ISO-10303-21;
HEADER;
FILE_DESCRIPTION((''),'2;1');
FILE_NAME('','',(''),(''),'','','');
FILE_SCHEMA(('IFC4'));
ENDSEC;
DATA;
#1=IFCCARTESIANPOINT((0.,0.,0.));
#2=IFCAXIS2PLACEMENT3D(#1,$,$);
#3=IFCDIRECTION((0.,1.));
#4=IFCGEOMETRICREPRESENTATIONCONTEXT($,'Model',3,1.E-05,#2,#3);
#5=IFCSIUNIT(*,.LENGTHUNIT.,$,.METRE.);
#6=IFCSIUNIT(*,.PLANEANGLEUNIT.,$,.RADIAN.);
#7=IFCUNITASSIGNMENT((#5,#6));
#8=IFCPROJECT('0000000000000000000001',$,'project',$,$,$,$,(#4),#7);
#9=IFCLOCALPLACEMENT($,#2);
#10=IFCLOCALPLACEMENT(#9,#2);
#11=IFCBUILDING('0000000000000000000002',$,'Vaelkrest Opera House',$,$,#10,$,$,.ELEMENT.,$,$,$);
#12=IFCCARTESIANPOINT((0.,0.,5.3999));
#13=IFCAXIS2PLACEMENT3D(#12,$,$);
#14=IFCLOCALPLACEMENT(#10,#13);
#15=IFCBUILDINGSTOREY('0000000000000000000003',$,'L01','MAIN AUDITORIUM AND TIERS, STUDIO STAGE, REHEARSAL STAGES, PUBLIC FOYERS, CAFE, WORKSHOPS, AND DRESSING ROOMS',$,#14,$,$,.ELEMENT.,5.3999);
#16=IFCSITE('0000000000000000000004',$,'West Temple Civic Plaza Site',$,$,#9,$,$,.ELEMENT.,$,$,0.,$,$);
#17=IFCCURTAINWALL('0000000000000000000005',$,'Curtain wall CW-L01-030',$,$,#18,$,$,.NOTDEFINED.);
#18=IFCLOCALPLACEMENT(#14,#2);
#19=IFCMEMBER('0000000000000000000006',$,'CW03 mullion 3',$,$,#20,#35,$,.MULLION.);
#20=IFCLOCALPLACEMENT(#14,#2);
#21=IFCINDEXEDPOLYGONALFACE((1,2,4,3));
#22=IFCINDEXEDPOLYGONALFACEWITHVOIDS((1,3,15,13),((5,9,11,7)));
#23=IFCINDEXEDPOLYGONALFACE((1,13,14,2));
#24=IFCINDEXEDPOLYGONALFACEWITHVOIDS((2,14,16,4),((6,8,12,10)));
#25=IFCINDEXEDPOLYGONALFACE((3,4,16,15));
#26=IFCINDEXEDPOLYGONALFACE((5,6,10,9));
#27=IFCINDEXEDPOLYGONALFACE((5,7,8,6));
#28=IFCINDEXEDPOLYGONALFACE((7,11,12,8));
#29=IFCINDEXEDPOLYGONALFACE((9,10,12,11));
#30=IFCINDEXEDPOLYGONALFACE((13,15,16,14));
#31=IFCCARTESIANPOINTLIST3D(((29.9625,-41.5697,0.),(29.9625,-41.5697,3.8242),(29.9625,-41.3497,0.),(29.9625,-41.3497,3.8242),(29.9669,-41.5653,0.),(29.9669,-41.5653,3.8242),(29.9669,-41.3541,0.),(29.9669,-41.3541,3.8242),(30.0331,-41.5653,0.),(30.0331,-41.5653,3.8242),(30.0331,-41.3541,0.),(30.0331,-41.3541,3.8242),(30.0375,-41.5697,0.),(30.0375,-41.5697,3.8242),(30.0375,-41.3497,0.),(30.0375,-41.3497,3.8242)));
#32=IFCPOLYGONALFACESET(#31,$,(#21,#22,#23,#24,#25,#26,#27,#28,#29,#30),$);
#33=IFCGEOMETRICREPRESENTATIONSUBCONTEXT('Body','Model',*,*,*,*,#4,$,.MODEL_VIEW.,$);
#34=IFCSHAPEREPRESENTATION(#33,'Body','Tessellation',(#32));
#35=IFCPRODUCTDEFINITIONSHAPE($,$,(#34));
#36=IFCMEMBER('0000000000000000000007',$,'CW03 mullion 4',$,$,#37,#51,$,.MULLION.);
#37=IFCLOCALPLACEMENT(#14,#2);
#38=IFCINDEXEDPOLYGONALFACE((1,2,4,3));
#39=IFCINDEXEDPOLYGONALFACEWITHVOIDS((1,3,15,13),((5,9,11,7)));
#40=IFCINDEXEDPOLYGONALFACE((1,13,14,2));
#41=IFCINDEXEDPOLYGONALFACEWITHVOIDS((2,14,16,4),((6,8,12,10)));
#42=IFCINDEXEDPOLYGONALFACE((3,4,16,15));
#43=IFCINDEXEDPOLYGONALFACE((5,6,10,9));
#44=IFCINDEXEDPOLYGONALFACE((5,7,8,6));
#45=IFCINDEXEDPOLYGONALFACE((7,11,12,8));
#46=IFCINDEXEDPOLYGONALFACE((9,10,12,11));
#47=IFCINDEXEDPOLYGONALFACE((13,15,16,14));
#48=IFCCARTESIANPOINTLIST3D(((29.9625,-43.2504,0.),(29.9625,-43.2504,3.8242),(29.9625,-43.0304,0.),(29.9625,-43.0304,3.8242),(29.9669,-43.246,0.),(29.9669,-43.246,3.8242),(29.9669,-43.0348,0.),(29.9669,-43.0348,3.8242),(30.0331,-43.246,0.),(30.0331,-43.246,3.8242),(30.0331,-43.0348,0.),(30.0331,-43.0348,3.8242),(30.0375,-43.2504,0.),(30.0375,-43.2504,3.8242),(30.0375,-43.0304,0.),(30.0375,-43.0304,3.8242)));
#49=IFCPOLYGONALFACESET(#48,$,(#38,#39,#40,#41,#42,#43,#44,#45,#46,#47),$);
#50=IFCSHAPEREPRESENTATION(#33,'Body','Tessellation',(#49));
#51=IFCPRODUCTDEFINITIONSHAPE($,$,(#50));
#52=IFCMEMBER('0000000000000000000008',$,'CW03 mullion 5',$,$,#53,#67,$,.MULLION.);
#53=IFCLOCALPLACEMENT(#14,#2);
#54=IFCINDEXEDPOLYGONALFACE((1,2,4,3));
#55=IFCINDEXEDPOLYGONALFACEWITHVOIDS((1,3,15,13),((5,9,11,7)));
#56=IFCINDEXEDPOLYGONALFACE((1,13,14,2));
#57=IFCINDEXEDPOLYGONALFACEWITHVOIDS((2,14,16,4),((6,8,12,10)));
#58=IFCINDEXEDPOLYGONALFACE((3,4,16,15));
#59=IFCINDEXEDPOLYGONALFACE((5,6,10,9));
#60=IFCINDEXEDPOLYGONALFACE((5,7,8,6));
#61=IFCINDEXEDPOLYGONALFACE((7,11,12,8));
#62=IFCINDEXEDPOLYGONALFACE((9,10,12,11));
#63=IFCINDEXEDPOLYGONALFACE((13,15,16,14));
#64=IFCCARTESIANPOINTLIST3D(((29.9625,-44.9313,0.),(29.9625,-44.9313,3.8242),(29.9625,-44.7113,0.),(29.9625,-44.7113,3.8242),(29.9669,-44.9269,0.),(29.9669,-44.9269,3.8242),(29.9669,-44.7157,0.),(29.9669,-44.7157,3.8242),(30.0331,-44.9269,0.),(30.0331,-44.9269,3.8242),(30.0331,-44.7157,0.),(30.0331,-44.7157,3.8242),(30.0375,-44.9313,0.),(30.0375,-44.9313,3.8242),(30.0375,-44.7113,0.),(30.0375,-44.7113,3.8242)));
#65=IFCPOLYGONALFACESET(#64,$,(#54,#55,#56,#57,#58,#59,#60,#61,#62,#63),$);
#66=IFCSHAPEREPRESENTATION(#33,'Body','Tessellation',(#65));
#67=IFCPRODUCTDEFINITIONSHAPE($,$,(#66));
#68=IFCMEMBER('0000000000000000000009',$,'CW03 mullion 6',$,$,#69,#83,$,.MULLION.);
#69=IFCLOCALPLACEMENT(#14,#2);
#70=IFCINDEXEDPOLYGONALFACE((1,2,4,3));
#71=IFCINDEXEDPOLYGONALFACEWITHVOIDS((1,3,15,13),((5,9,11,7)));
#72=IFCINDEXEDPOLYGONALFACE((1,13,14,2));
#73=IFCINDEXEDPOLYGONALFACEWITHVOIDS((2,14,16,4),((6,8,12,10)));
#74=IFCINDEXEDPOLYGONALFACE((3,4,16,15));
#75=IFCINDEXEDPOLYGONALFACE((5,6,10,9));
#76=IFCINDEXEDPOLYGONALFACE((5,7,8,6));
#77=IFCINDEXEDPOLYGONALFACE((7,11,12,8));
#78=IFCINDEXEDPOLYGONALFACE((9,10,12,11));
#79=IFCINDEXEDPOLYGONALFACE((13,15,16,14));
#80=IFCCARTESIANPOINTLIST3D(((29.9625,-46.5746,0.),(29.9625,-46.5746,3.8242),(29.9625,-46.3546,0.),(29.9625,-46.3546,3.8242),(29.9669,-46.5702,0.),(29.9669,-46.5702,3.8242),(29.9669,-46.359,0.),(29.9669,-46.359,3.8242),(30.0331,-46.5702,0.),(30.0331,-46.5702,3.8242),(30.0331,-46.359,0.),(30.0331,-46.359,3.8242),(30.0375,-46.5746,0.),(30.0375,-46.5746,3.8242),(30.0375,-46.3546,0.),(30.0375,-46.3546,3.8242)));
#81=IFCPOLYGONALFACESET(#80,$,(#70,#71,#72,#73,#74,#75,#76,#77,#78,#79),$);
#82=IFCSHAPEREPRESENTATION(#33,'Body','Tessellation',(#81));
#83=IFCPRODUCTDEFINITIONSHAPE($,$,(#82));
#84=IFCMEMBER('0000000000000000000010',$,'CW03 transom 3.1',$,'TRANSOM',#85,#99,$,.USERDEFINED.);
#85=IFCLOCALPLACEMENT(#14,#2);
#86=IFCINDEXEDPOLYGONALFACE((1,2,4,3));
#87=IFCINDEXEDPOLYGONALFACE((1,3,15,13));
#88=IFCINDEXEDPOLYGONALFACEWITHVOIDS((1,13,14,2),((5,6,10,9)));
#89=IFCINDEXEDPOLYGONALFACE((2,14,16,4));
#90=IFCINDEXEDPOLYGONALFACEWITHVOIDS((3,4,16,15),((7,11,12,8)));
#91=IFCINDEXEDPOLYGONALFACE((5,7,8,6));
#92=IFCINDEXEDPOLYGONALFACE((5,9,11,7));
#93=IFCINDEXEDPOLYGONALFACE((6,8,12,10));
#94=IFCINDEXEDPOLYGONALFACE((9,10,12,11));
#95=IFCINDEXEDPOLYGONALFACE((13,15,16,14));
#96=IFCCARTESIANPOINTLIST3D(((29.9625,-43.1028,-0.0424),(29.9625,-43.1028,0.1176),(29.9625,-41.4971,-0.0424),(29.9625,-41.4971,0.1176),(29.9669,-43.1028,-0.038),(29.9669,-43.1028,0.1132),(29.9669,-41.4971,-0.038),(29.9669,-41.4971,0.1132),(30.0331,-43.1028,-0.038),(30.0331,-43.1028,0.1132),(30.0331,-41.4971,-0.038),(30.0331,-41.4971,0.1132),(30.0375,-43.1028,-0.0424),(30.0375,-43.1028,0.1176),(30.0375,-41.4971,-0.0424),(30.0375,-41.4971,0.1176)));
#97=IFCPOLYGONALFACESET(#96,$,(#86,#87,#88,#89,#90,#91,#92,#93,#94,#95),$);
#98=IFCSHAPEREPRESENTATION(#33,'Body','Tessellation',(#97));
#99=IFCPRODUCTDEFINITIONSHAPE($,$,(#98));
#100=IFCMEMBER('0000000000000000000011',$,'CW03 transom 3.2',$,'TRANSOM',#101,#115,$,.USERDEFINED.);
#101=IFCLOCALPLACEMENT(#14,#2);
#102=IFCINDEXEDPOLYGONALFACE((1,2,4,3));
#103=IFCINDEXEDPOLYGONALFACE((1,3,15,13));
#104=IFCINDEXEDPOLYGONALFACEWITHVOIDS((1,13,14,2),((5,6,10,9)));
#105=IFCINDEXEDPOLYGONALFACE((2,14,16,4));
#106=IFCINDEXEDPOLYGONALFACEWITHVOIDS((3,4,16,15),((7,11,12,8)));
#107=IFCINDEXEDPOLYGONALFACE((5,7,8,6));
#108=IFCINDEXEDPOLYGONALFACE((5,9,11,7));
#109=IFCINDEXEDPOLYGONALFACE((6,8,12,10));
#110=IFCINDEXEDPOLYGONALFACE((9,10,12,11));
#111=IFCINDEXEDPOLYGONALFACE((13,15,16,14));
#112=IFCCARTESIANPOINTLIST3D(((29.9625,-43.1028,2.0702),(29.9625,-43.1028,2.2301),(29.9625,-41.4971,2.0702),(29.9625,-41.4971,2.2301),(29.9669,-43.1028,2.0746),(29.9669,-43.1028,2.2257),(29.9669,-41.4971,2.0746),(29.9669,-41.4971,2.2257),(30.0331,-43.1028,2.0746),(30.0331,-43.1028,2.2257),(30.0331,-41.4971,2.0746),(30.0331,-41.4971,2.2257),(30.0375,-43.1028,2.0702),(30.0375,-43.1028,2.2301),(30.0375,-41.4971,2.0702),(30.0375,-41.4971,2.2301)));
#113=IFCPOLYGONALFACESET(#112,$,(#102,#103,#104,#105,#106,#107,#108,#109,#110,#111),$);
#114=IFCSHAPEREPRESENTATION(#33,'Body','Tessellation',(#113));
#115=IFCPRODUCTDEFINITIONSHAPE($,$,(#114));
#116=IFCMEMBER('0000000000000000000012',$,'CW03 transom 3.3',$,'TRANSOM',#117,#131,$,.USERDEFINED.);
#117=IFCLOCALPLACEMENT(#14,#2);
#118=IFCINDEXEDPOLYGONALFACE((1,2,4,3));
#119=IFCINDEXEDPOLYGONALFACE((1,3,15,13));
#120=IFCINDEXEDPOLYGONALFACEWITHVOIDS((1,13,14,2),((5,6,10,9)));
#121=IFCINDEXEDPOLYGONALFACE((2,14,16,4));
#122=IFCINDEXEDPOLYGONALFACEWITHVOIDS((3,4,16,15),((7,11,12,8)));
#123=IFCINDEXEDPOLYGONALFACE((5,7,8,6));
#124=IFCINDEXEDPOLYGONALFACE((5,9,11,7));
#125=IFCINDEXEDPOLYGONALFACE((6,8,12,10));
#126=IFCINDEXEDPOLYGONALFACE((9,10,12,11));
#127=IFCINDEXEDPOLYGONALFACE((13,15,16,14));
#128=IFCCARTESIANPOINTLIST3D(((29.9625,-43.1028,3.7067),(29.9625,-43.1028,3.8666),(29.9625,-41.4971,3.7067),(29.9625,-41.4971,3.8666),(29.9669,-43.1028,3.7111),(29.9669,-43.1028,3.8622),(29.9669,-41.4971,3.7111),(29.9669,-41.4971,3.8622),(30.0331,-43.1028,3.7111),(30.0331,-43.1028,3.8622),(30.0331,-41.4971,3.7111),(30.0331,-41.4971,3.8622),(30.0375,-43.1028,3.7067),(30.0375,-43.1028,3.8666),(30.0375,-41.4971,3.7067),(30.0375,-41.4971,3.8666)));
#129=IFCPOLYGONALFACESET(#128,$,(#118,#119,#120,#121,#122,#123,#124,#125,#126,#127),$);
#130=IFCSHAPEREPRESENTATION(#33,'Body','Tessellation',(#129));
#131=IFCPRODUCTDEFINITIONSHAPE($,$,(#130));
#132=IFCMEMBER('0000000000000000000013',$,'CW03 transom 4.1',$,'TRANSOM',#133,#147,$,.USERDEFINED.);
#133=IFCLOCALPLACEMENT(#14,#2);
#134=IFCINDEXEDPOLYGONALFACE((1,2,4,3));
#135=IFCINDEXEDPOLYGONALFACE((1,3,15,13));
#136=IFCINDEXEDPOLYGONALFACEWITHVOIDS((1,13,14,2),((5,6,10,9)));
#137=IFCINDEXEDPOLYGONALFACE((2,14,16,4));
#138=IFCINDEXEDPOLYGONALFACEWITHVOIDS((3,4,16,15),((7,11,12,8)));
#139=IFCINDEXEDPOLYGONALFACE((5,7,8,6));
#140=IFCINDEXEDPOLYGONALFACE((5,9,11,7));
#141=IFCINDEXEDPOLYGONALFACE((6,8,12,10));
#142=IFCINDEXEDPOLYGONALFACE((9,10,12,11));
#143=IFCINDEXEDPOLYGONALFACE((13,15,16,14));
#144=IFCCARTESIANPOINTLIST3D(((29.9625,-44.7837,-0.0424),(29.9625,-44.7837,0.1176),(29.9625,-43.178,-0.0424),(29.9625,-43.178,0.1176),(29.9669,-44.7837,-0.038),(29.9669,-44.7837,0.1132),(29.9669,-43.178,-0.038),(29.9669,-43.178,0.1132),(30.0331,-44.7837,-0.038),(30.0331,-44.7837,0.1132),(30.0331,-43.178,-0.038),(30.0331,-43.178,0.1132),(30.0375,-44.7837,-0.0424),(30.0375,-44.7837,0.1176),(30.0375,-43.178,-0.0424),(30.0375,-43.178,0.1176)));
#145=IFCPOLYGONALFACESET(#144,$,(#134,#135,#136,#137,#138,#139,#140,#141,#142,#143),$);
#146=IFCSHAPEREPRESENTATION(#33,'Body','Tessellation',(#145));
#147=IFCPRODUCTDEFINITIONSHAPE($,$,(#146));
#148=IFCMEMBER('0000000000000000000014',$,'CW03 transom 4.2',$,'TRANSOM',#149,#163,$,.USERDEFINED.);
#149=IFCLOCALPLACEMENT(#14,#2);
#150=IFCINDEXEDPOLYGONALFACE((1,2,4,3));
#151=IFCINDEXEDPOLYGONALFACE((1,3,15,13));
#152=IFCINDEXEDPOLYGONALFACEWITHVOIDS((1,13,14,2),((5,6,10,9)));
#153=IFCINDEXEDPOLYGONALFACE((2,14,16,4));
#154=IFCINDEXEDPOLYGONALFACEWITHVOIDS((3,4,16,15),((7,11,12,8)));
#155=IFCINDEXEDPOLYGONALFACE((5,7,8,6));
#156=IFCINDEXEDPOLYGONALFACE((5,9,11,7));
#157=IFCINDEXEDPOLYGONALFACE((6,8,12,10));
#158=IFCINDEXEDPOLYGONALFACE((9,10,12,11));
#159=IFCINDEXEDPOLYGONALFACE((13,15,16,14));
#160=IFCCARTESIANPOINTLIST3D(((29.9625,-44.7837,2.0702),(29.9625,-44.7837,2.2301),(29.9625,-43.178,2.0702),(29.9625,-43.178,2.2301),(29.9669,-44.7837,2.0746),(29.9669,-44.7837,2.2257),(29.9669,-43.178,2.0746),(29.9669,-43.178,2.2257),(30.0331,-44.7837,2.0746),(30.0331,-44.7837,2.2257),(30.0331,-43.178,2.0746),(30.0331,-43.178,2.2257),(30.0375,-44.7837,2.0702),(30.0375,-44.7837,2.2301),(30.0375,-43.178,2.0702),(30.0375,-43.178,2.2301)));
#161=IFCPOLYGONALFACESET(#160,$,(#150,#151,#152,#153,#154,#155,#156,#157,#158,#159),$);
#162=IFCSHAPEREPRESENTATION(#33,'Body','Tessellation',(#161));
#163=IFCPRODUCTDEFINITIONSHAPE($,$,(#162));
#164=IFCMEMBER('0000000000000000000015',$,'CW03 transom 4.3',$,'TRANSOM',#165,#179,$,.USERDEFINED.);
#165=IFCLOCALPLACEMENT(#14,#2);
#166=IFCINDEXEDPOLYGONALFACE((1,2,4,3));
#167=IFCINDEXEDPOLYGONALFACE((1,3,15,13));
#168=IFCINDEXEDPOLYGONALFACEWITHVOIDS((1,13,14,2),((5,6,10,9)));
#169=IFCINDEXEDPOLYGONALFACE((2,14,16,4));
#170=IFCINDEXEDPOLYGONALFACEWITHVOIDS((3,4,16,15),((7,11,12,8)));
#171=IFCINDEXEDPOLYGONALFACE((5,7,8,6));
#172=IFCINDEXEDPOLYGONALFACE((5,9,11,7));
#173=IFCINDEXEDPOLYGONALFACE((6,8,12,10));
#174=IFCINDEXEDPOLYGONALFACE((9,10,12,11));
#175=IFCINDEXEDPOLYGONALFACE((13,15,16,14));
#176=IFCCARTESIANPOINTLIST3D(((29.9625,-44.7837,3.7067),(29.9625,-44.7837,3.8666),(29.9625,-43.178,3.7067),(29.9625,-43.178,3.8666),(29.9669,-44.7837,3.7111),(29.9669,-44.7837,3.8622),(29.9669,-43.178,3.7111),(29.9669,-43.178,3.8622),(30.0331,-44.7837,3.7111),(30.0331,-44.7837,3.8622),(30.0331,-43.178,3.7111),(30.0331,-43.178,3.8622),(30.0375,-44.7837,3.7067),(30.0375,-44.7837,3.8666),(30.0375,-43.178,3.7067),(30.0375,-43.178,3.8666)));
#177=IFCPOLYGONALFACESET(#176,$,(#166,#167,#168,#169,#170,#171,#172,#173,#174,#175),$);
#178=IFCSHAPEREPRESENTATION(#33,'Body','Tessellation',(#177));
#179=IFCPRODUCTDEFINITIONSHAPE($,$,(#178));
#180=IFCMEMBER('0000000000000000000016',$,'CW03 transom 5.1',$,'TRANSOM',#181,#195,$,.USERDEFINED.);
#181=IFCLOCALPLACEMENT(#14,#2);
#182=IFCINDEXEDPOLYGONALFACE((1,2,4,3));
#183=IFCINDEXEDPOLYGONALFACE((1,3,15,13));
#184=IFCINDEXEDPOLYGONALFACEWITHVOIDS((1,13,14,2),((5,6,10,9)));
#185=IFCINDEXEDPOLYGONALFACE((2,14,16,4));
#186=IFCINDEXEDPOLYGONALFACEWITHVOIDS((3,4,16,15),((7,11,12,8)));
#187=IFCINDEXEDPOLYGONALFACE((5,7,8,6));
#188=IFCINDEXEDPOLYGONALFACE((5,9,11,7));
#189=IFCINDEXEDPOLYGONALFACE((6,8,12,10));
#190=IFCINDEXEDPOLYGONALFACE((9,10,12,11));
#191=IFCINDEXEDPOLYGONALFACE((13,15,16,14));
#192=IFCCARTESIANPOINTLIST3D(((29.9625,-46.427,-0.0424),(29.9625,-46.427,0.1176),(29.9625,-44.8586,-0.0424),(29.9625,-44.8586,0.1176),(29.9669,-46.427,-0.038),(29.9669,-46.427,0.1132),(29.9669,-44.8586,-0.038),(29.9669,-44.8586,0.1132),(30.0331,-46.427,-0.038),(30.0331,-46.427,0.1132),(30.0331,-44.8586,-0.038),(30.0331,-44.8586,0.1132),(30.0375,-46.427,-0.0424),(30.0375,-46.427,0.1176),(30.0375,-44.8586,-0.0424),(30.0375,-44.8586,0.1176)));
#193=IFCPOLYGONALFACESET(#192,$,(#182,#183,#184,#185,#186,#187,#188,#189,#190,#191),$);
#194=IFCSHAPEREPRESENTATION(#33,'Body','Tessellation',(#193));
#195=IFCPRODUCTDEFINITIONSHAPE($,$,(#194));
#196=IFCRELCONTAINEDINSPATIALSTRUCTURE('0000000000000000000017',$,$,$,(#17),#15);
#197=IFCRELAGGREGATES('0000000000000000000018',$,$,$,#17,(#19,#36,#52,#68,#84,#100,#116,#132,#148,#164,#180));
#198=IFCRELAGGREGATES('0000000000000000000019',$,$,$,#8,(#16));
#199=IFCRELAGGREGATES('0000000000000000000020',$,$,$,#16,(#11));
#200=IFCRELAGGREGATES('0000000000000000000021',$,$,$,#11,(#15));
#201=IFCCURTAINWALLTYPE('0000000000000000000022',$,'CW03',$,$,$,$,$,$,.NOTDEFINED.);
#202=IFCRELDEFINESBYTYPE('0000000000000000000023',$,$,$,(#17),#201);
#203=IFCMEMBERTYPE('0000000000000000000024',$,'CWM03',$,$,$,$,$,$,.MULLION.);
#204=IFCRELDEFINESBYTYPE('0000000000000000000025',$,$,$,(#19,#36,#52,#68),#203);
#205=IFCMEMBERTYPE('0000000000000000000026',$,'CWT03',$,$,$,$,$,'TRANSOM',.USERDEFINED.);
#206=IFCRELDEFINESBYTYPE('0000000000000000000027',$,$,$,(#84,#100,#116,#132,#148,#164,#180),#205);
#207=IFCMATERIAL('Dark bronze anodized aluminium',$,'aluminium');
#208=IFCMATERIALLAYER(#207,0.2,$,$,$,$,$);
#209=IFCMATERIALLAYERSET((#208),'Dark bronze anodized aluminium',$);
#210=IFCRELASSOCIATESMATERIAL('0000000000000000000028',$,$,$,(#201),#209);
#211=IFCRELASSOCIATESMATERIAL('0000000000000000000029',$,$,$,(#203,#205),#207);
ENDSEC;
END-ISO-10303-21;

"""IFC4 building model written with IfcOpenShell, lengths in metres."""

from ifc_helpers import new_model, si_unit, direction, frame, origin, origin_2d, place, context, subcontext, project, spatial, hollow_rectangle, extrude, material, layer, layer_set, material_profile, profile_set, type_object, element, aggregate, save


model = new_model("IFC4")

# Units and contexts
model_context = context("Model", 3, precision=1e-05, world=origin(), true_north=direction((0.0, 1.0)))
body_context = subcontext(model_context, "Body", "Model", "MODEL_VIEW")
ifc_project = project(units=[si_unit("LENGTHUNIT", "METRE"), si_unit("PLANEANGLEUNIT", "RADIAN")], contexts=[model_context])

# Site, building, storey
site_placement = place(None, origin())
site = spatial("IfcSite", under=ifc_project, at=site_placement, Name="West Temple Civic Plaza Site", CompositionType="ELEMENT", RefElevation=0.0)
building_placement = place(site_placement, origin())
building = spatial("IfcBuilding", under=site, at=building_placement, Name="Vaelkrest Opera House", CompositionType="ELEMENT")
storey_placement = place(building_placement, frame((0.0, 0.0, 5.3999)))
storey = spatial("IfcBuildingStorey", under=building, at=storey_placement, Name="L01", Description="MAIN AUDITORIUM AND TIERS, STUDIO STAGE, REHEARSAL STAGES, PUBLIC FOYERS, CAFE, WORKSHOPS, AND DRESSING ROOMS", CompositionType="ELEMENT", Elevation=5.3999)

# Curtain wall, members
ifc_material_1 = material(Name="Dark bronze anodized aluminium", Category="aluminium")
ifc_layer_1 = layer(ifc_material_1, 0.2)
ifc_layer_set_1 = layer_set([ifc_layer_1], Name="Dark bronze anodized aluminium")
curtain_wall_type = type_object("IfcCurtainWallType", Name="CW03", PredefinedType="NOTDEFINED", material=ifc_layer_set_1)
curtain_wall_placement = place(storey_placement, origin())
curtain_wall = element("IfcCurtainWall", 1, at=curtain_wall_placement, inside=storey, type_object=curtain_wall_type, Name="Curtain wall CW-L01-030", PredefinedType="NOTDEFINED")
ifc_material_profile_1 = material_profile(ifc_material_1, hollow_rectangle(XDim=0.075, YDim=0.22, WallThickness=0.0044, at=origin_2d()), Name="CWM75X220")
ifc_profile_set_1 = profile_set([ifc_material_profile_1], Name="Dark bronze anodized aluminium")
member_type_1 = type_object("IfcMemberType", Name="CWM03", PredefinedType="MULLION", material=ifc_profile_set_1)
member_1_placement = place(storey_placement, frame((30.0, -41.4597, 0.0), z_axis=(0.0, 0.0, 1.0), x_axis=(1.0, 0.0, 0.0)))
member_1 = element("IfcMember", 2, at=member_1_placement, type_object=member_type_1, Name="CW03 mullion 3", PredefinedType="MULLION", context=body_context, shape_type="SweptSolid", body=[
    extrude(hollow_rectangle(XDim=0.075, YDim=0.22, WallThickness=0.0044, at=origin_2d()), origin(), (0.0, 0.0, 1.0), 3.8242),
])
member_2_placement = place(storey_placement, frame((30.0, -43.1404, 0.0), z_axis=(0.0, 0.0, 1.0), x_axis=(1.0, 0.0, 0.0)))
member_2 = element("IfcMember", 3, at=member_2_placement, type_object=member_type_1, Name="CW03 mullion 4", PredefinedType="MULLION", context=body_context, shape_type="SweptSolid", body=[
    extrude(hollow_rectangle(XDim=0.075, YDim=0.22, WallThickness=0.0044, at=origin_2d()), origin(), (0.0, 0.0, 1.0), 3.8242),
])
member_3_placement = place(storey_placement, frame((30.0, -44.8213, 0.0), z_axis=(0.0, 0.0, 1.0), x_axis=(1.0, 0.0, 0.0)))
member_3 = element("IfcMember", 4, at=member_3_placement, type_object=member_type_1, Name="CW03 mullion 5", PredefinedType="MULLION", context=body_context, shape_type="SweptSolid", body=[
    extrude(hollow_rectangle(XDim=0.075, YDim=0.22, WallThickness=0.0044, at=origin_2d()), origin(), (0.0, 0.0, 1.0), 3.8242),
])
member_4_placement = place(storey_placement, frame((30.0, -46.4646, 0.0), z_axis=(0.0, 0.0, 1.0), x_axis=(1.0, 0.0, 0.0)))
member_4 = element("IfcMember", 5, at=member_4_placement, type_object=member_type_1, Name="CW03 mullion 6", PredefinedType="MULLION", context=body_context, shape_type="SweptSolid", body=[
    extrude(hollow_rectangle(XDim=0.075, YDim=0.22, WallThickness=0.0044, at=origin_2d()), origin(), (0.0, 0.0, 1.0), 3.8242),
])
ifc_material_profile_2 = material_profile(ifc_material_1, hollow_rectangle(XDim=0.075, YDim=0.1599, WallThickness=0.0044, at=origin_2d()), Name="CWT75X160")
ifc_profile_set_2 = profile_set([ifc_material_profile_2], Name="Dark bronze anodized aluminium")
member_type_2 = type_object("IfcMemberType", Name="CWT03", ElementType="TRANSOM", PredefinedType="USERDEFINED", material=ifc_profile_set_2)
member_5_placement = place(storey_placement, frame((30.0, -41.4971, 0.0376), z_axis=(0.0, -1.0, 0.0), x_axis=(1.0, 0.0, 0.0)))
member_5 = element("IfcMember", 6, at=member_5_placement, type_object=member_type_2, Name="CW03 transom 3.1", ObjectType="TRANSOM", PredefinedType="USERDEFINED", context=body_context, shape_type="SweptSolid", body=[
    extrude(hollow_rectangle(XDim=0.075, YDim=0.1599, WallThickness=0.0044, at=origin_2d()), origin(), (0.0, 0.0, 1.0), 1.6057),
])
member_6_placement = place(storey_placement, frame((30.0, -41.4971, 2.1501), z_axis=(0.0, -1.0, 0.0), x_axis=(1.0, 0.0, 0.0)))
member_6 = element("IfcMember", 7, at=member_6_placement, type_object=member_type_2, Name="CW03 transom 3.2", ObjectType="TRANSOM", PredefinedType="USERDEFINED", context=body_context, shape_type="SweptSolid", body=[
    extrude(hollow_rectangle(XDim=0.075, YDim=0.1599, WallThickness=0.0044, at=origin_2d()), origin(), (0.0, 0.0, 1.0), 1.6057),
])
member_7_placement = place(storey_placement, frame((30.0, -41.4971, 3.7866), z_axis=(0.0, -1.0, 0.0), x_axis=(1.0, 0.0, 0.0)))
member_7 = element("IfcMember", 8, at=member_7_placement, type_object=member_type_2, Name="CW03 transom 3.3", ObjectType="TRANSOM", PredefinedType="USERDEFINED", context=body_context, shape_type="SweptSolid", body=[
    extrude(hollow_rectangle(XDim=0.075, YDim=0.1599, WallThickness=0.0044, at=origin_2d()), origin(), (0.0, 0.0, 1.0), 1.6057),
])
member_8_placement = place(storey_placement, frame((30.0, -43.178, 0.0376), z_axis=(0.0, -1.0, 0.0), x_axis=(1.0, 0.0, 0.0)))
member_8 = element("IfcMember", 9, at=member_8_placement, type_object=member_type_2, Name="CW03 transom 4.1", ObjectType="TRANSOM", PredefinedType="USERDEFINED", context=body_context, shape_type="SweptSolid", body=[
    extrude(hollow_rectangle(XDim=0.075, YDim=0.1599, WallThickness=0.0044, at=origin_2d()), origin(), (0.0, 0.0, 1.0), 1.6057),
])
member_9_placement = place(storey_placement, frame((30.0, -43.178, 2.1501), z_axis=(0.0, -1.0, 0.0), x_axis=(1.0, 0.0, 0.0)))
member_9 = element("IfcMember", 10, at=member_9_placement, type_object=member_type_2, Name="CW03 transom 4.2", ObjectType="TRANSOM", PredefinedType="USERDEFINED", context=body_context, shape_type="SweptSolid", body=[
    extrude(hollow_rectangle(XDim=0.075, YDim=0.1599, WallThickness=0.0044, at=origin_2d()), origin(), (0.0, 0.0, 1.0), 1.6057),
])
member_10_placement = place(storey_placement, frame((30.0, -43.178, 3.7866), z_axis=(0.0, -1.0, 0.0), x_axis=(1.0, 0.0, 0.0)))
member_10 = element("IfcMember", 11, at=member_10_placement, type_object=member_type_2, Name="CW03 transom 4.3", ObjectType="TRANSOM", PredefinedType="USERDEFINED", context=body_context, shape_type="SweptSolid", body=[
    extrude(hollow_rectangle(XDim=0.075, YDim=0.1599, WallThickness=0.0044, at=origin_2d()), origin(), (0.0, 0.0, 1.0), 1.6057),
])
member_11_placement = place(storey_placement, frame((30.0, -44.8586, 0.0376), z_axis=(0.0, -1.0, 0.0), x_axis=(1.0, 0.0, 0.0)))
member_11 = element("IfcMember", 12, at=member_11_placement, type_object=member_type_2, Name="CW03 transom 5.1", ObjectType="TRANSOM", PredefinedType="USERDEFINED", context=body_context, shape_type="SweptSolid", body=[
    extrude(hollow_rectangle(XDim=0.075, YDim=0.1599, WallThickness=0.0044, at=origin_2d()), origin(), (0.0, 0.0, 1.0), 1.5684),
])

aggregate(curtain_wall, [member_1, member_2, member_3, member_4, member_5, member_6, member_7, member_8, member_9, member_10, member_11])

save(model, "model.ifc")
